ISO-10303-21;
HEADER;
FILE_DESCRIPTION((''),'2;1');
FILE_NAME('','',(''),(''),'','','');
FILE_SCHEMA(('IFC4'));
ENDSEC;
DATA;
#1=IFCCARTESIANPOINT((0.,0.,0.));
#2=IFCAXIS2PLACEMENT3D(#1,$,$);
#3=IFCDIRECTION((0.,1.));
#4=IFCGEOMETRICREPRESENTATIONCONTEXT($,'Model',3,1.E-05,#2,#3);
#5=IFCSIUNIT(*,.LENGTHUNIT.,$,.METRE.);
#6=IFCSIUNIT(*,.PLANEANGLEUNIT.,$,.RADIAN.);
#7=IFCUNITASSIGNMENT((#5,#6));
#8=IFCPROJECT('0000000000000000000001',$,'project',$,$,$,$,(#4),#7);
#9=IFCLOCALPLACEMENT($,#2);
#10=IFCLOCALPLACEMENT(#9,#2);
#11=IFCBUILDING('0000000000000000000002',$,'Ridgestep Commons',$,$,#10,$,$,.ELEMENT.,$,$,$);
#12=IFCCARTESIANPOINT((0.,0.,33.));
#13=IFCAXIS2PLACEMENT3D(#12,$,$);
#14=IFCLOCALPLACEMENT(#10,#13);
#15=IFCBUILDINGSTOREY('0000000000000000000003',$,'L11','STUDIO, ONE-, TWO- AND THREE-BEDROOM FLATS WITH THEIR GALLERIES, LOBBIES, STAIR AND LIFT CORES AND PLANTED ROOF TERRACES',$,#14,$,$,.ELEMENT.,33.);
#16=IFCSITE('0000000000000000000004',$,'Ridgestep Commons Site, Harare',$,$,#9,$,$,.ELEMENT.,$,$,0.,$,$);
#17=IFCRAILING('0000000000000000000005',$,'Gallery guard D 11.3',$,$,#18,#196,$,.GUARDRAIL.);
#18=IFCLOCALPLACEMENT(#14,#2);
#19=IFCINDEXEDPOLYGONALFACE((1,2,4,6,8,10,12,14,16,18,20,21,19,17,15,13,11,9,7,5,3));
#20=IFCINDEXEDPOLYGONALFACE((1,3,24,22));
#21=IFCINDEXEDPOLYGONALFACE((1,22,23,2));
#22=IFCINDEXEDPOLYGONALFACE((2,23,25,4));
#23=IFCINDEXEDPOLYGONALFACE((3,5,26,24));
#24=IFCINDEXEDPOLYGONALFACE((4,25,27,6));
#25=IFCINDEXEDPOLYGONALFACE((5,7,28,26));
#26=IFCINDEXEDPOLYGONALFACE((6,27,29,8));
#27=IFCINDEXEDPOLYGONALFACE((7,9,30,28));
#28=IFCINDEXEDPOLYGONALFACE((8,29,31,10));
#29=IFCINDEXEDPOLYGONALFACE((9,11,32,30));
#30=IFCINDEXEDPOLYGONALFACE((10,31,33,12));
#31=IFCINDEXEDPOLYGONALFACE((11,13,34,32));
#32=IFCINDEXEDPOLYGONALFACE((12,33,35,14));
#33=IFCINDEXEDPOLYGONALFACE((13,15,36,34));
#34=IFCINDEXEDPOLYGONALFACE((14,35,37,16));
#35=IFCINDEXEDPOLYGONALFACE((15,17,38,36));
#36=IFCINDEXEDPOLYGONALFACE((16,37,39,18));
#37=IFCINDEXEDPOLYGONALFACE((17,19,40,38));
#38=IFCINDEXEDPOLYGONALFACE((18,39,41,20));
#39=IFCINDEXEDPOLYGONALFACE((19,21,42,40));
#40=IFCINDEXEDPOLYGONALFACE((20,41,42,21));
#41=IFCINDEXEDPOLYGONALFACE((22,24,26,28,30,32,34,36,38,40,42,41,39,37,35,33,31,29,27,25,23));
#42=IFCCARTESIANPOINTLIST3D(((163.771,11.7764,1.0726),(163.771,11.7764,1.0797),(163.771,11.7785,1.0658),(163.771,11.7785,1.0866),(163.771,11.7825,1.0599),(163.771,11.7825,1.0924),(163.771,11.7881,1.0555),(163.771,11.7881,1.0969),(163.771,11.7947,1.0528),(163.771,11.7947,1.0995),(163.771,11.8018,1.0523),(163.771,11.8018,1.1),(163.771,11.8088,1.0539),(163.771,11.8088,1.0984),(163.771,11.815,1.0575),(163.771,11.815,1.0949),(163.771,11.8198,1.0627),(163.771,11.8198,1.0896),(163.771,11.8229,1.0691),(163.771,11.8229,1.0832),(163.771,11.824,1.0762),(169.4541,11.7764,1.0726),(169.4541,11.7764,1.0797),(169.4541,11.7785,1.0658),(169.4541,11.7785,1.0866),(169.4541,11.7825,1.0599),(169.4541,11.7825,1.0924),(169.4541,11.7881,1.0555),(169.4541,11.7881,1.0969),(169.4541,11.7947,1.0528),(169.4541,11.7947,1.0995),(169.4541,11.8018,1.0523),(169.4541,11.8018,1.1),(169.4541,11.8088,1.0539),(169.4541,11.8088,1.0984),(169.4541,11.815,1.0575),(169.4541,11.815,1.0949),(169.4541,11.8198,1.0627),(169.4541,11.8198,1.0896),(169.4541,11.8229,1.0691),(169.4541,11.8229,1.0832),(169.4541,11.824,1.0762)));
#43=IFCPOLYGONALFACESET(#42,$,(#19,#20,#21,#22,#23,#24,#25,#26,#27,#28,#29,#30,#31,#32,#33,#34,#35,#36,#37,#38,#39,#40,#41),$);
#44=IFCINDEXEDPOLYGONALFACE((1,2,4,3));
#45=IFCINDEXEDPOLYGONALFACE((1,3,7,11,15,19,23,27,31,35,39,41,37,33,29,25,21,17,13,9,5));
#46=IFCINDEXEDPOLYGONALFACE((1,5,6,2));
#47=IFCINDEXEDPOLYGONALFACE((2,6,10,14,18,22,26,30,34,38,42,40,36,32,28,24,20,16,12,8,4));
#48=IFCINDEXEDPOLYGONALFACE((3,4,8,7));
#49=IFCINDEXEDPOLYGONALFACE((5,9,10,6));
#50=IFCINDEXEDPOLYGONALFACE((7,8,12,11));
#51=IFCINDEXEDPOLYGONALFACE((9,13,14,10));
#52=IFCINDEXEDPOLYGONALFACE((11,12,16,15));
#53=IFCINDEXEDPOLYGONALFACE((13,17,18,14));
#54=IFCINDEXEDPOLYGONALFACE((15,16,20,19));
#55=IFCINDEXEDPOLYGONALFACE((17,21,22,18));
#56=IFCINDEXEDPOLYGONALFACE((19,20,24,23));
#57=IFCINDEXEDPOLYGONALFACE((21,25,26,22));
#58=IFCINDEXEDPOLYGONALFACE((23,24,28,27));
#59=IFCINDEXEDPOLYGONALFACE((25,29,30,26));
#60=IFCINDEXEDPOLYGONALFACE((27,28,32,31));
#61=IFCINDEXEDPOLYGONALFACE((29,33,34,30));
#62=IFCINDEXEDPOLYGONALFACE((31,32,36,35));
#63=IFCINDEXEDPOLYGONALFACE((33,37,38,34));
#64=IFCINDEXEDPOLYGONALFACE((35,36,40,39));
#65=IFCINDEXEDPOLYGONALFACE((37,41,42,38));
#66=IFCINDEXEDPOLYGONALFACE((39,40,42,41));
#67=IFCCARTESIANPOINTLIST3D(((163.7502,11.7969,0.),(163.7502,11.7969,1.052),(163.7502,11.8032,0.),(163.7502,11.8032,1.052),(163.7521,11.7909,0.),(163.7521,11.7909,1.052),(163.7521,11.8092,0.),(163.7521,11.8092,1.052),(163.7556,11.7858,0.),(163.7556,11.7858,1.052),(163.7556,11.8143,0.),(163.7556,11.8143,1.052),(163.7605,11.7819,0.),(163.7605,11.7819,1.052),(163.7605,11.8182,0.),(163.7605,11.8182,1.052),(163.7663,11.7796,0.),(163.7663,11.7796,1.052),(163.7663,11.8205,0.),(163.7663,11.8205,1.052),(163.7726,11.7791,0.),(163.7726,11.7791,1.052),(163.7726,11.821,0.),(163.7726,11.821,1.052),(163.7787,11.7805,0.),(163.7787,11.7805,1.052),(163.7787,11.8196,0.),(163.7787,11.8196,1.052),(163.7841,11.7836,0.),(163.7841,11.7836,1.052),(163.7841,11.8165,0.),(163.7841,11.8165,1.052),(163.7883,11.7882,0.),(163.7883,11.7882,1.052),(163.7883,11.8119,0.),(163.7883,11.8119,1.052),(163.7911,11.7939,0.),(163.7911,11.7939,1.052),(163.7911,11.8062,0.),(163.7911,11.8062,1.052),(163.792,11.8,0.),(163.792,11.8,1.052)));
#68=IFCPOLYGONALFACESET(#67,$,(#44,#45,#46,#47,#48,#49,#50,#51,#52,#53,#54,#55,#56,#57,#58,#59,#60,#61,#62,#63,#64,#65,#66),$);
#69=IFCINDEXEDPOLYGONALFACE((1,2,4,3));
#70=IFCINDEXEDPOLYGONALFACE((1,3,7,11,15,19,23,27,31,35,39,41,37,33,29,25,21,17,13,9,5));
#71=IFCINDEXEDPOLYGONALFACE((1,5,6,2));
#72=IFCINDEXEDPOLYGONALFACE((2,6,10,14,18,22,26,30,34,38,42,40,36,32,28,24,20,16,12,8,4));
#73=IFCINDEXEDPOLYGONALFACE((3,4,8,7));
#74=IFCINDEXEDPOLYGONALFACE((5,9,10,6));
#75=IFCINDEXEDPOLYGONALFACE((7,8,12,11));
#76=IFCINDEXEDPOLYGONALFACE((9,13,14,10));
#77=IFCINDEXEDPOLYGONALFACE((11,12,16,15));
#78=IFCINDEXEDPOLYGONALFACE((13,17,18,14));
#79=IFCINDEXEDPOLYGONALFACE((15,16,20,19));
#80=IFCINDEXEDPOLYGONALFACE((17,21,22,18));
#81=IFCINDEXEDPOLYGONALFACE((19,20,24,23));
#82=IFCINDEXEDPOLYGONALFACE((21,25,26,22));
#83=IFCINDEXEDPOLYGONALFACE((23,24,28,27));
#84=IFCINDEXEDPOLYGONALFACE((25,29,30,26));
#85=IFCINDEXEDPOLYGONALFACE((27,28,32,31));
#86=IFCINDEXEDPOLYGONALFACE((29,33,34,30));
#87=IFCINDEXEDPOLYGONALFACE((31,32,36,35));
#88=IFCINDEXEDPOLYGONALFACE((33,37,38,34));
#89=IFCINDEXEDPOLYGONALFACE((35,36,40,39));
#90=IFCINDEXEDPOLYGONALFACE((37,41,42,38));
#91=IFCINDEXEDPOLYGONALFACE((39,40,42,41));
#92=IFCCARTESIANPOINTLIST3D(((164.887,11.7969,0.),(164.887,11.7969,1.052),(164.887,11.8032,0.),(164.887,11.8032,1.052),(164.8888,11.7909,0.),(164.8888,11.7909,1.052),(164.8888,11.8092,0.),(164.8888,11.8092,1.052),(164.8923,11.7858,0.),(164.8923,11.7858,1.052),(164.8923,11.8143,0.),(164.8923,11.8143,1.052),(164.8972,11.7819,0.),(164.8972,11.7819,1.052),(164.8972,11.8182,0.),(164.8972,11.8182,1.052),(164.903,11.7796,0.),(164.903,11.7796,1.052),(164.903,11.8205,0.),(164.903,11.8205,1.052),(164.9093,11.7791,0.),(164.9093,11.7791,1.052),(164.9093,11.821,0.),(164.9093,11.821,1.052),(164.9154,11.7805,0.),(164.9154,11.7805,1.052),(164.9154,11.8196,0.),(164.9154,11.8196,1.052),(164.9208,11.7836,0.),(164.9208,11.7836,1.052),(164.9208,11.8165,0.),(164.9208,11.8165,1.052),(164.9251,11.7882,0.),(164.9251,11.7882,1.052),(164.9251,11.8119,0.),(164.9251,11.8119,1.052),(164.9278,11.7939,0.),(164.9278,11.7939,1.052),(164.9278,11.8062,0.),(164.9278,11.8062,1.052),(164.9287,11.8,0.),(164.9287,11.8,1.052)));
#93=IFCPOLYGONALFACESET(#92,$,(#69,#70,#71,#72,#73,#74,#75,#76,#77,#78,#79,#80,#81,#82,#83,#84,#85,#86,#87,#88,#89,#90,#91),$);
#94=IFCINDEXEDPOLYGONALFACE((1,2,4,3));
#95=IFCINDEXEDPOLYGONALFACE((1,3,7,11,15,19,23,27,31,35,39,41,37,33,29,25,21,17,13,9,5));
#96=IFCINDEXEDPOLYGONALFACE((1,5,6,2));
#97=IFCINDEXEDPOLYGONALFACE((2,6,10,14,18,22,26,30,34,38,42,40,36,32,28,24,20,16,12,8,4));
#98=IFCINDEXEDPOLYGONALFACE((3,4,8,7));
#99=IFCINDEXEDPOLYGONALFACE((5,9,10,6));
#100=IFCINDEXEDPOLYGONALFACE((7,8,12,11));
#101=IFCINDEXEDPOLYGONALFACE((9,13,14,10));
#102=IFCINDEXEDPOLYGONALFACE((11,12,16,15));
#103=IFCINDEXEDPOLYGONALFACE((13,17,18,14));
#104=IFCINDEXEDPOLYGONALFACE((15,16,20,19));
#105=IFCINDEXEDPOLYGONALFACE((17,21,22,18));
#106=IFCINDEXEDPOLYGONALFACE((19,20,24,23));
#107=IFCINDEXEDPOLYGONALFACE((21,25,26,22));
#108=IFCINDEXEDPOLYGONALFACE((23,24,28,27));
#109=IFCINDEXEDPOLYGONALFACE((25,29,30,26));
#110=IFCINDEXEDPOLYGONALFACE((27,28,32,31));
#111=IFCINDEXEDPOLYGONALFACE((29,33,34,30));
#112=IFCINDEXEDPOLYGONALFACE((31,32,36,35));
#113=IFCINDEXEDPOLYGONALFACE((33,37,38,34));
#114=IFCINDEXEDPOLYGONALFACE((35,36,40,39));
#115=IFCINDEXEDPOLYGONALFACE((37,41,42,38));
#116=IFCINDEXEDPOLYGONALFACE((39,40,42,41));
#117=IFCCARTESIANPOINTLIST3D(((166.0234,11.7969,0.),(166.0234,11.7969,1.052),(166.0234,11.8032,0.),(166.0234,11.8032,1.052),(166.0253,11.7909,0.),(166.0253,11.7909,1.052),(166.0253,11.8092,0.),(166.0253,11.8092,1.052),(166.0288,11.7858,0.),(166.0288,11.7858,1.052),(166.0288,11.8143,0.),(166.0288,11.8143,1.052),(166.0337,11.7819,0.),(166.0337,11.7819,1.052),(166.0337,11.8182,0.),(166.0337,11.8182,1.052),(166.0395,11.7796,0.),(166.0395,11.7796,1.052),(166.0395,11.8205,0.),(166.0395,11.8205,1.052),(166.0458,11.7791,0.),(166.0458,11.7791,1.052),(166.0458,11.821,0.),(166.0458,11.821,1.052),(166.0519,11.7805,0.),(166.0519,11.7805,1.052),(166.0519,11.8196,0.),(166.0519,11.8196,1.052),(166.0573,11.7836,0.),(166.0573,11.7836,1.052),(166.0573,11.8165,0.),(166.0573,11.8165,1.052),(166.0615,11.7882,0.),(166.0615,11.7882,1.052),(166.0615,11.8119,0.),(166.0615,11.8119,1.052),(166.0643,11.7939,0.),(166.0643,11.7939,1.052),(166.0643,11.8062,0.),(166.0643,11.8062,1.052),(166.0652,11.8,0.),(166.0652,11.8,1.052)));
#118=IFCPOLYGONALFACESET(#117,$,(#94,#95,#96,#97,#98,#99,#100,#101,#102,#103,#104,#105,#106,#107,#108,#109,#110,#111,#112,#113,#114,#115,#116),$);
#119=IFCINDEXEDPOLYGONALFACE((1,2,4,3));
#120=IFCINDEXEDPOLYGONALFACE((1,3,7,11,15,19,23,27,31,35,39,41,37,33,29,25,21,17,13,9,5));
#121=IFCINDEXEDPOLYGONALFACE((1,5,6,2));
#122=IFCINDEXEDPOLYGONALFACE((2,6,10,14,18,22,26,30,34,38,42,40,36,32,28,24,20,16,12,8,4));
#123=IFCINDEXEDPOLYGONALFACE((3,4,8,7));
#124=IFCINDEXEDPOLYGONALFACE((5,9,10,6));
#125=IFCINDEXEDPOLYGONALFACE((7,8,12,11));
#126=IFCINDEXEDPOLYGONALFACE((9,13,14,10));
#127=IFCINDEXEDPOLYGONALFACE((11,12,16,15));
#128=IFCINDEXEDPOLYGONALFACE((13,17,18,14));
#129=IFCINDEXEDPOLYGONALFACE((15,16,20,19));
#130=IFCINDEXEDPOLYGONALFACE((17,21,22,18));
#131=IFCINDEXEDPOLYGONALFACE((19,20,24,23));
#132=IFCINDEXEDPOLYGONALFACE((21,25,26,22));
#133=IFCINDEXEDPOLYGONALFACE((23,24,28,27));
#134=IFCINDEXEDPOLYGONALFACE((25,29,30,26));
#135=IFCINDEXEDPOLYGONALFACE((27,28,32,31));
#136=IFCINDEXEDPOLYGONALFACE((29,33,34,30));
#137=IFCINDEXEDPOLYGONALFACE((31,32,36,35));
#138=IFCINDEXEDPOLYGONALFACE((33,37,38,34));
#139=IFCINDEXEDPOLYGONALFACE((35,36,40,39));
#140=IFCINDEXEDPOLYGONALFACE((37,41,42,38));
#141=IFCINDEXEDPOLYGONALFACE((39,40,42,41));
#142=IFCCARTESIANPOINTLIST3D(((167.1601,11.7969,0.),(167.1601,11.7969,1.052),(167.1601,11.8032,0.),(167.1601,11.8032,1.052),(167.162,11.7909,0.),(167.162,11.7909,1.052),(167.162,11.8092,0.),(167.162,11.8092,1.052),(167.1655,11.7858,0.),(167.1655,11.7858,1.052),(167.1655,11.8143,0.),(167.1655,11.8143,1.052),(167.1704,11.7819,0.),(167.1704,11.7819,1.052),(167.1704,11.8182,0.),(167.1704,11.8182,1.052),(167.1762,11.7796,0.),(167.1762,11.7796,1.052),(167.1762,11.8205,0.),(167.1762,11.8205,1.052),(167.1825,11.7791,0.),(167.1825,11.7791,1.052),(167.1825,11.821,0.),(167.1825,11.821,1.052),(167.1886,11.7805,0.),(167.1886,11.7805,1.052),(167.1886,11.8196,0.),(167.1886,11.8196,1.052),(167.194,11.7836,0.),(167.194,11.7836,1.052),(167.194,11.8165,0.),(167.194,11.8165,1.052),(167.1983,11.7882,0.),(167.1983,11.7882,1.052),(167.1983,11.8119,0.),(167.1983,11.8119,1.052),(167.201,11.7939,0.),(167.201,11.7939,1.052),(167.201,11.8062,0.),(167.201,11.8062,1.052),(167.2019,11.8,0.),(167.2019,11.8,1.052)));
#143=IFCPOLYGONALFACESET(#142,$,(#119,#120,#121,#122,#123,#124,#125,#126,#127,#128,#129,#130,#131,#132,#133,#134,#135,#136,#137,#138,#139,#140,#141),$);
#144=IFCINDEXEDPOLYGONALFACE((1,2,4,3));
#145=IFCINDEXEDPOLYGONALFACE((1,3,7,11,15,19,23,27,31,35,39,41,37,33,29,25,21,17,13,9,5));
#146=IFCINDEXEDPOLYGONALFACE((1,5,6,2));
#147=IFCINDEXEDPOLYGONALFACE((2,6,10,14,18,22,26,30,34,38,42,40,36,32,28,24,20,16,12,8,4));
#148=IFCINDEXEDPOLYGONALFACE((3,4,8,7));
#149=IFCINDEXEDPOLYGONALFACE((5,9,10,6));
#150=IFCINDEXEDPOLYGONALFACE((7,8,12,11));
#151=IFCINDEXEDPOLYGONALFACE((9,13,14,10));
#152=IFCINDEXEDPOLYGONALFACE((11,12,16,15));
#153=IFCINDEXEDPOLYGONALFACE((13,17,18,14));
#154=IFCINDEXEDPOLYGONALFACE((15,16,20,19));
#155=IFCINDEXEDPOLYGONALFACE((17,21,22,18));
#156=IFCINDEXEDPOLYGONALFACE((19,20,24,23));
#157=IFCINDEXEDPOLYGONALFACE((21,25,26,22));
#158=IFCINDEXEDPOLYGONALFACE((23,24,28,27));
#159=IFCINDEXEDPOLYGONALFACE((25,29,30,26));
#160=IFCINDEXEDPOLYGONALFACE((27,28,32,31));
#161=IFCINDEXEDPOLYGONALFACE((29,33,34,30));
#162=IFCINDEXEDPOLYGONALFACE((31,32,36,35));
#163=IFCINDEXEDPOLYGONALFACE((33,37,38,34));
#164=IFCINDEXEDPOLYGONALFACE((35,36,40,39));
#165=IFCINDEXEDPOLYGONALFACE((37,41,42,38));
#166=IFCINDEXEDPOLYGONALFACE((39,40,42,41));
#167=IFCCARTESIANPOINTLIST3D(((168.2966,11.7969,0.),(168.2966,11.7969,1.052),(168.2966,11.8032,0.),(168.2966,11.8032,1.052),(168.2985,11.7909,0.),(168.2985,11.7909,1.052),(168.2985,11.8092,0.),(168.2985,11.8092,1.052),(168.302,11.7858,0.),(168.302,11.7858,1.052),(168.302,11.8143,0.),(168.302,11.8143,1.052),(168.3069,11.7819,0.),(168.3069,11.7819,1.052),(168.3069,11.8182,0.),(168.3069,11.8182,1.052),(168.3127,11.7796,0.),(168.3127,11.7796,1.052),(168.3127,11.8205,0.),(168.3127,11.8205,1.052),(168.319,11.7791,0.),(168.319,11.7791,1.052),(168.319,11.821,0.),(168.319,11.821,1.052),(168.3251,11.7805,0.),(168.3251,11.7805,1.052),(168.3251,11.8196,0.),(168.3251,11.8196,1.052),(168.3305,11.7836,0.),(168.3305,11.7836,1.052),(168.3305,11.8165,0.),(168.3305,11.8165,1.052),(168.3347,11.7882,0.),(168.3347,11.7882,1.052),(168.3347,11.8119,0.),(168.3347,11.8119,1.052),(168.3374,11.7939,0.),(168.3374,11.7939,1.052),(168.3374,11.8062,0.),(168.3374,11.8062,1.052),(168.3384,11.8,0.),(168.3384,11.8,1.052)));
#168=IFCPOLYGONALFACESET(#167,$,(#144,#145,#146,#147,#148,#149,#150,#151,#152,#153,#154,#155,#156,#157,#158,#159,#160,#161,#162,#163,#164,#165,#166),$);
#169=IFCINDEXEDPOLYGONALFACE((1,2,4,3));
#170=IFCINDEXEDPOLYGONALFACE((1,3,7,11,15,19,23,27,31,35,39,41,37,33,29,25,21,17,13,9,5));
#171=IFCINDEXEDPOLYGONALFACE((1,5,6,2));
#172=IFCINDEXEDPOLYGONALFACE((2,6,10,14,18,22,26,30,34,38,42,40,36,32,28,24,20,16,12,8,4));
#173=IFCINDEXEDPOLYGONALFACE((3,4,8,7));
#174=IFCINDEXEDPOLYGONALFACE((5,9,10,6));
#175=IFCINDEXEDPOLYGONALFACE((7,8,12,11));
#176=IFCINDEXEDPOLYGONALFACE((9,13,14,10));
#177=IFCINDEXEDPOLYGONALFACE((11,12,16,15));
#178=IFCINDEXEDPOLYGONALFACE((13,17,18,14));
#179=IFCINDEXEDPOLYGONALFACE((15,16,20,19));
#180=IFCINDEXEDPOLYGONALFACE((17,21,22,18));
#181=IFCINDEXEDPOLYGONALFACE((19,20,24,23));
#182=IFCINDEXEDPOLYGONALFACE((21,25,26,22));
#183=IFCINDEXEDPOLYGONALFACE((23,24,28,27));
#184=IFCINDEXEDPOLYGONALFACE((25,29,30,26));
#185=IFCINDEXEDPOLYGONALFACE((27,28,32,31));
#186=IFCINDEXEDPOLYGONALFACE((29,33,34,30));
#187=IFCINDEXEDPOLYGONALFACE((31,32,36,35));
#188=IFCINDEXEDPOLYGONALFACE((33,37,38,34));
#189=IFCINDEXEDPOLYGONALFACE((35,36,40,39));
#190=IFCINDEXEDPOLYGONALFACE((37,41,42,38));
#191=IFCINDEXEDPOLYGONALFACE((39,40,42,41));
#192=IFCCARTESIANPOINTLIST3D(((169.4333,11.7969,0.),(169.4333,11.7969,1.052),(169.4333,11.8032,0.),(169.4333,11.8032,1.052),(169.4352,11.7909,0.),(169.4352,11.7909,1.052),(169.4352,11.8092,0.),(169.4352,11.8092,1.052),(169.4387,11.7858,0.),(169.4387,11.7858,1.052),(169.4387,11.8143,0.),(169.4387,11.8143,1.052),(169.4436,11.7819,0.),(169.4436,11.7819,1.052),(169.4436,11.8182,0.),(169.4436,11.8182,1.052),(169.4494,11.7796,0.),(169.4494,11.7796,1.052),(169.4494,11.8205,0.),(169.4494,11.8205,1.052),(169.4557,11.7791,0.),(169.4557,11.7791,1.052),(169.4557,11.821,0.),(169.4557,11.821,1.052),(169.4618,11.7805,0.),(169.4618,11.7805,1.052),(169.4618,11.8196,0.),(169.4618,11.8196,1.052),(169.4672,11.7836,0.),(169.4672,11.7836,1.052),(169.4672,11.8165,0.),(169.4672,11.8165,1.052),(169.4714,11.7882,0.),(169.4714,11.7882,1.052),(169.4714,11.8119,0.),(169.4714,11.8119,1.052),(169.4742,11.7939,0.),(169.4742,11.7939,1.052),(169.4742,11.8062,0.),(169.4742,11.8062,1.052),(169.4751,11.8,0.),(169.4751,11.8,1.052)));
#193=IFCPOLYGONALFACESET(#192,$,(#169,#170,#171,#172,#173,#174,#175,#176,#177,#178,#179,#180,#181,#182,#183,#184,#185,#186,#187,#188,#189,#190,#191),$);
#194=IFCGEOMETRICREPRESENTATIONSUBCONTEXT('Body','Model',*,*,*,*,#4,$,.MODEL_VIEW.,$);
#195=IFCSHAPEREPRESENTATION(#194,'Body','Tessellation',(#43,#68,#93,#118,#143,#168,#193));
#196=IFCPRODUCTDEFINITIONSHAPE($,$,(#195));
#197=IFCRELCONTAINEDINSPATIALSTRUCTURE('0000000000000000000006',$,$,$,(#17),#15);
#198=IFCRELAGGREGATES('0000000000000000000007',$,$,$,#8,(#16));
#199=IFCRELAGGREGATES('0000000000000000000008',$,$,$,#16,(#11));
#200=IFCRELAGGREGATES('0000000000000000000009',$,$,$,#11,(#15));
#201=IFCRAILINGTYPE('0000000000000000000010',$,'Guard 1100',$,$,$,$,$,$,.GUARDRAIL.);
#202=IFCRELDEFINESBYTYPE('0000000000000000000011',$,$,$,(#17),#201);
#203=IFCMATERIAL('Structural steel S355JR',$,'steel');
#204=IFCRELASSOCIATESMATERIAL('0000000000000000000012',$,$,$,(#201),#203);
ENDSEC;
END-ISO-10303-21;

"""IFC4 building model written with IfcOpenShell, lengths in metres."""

from ifc_helpers import new_model, si_unit, direction, frame, origin, origin_2d, place, context, subcontext, project, spatial, circle, extrude, material, type_object, element, save


model = new_model("IFC4")

# Units and contexts
model_context = context("Model", 3, precision=1e-05, world=origin(), true_north=direction((0.0, 1.0)))
body_context = subcontext(model_context, "Body", "Model", "MODEL_VIEW")
ifc_project = project(units=[si_unit("LENGTHUNIT", "METRE"), si_unit("PLANEANGLEUNIT", "RADIAN")], contexts=[model_context])

# Site, building, storey
site_placement = place(None, origin())
site = spatial("IfcSite", under=ifc_project, at=site_placement, Name="Ridgestep Commons Site, Harare", CompositionType="ELEMENT", RefElevation=0.0)
building_placement = place(site_placement, origin())
building = spatial("IfcBuilding", under=site, at=building_placement, Name="Ridgestep Commons", CompositionType="ELEMENT")
storey_placement = place(building_placement, frame((0.0, 0.0, 33.0)))
storey = spatial("IfcBuildingStorey", under=building, at=storey_placement, Name="L11", Description="STUDIO, ONE-, TWO- AND THREE-BEDROOM FLATS WITH THEIR GALLERIES, LOBBIES, STAIR AND LIFT CORES AND PLANTED ROOF TERRACES", CompositionType="ELEMENT", Elevation=33.0)

# Railing
ifc_material_1 = material(Name="Structural steel S355JR", Category="steel")
railing_type_1 = type_object("IfcRailingType", Name="Guard 1100", PredefinedType="GUARDRAIL", material=ifc_material_1)
railing_1_placement = place(storey_placement, frame((163.771, 11.8, 0.0)))
element("IfcRailing", 1, at=railing_1_placement, inside=storey, type_object=railing_type_1, Name="Gallery guard D 11.3", PredefinedType="GUARDRAIL", context=body_context, shape_type="SweptSolid", body=[
    extrude(circle(Radius=0.0239, at=origin_2d()), frame((0.0, 0.0, 1.0762), z_axis=(1.0, 0.0, 0.0), x_axis=(0.0, 1.0, 0.0)), (0.0, 0.0, 1.0), 5.6831),
    extrude(circle(Radius=0.021, at=origin_2d()), origin(), (0.0, 0.0, 1.0), 1.052),
    extrude(circle(Radius=0.021, at=origin_2d()), frame((1.1367, 0.0, 0.0)), (0.0, 0.0, 1.0), 1.052),
    extrude(circle(Radius=0.021, at=origin_2d()), frame((2.2732, 0.0, 0.0)), (0.0, 0.0, 1.0), 1.052),
    extrude(circle(Radius=0.021, at=origin_2d()), frame((3.4099, 0.0, 0.0)), (0.0, 0.0, 1.0), 1.052),
    extrude(circle(Radius=0.021, at=origin_2d()), frame((4.5464, 0.0, 0.0)), (0.0, 0.0, 1.0), 1.052),
    extrude(circle(Radius=0.021, at=origin_2d()), frame((5.6831, 0.0, 0.0)), (0.0, 0.0, 1.0), 1.052),
])

save(model, "model.ifc")
